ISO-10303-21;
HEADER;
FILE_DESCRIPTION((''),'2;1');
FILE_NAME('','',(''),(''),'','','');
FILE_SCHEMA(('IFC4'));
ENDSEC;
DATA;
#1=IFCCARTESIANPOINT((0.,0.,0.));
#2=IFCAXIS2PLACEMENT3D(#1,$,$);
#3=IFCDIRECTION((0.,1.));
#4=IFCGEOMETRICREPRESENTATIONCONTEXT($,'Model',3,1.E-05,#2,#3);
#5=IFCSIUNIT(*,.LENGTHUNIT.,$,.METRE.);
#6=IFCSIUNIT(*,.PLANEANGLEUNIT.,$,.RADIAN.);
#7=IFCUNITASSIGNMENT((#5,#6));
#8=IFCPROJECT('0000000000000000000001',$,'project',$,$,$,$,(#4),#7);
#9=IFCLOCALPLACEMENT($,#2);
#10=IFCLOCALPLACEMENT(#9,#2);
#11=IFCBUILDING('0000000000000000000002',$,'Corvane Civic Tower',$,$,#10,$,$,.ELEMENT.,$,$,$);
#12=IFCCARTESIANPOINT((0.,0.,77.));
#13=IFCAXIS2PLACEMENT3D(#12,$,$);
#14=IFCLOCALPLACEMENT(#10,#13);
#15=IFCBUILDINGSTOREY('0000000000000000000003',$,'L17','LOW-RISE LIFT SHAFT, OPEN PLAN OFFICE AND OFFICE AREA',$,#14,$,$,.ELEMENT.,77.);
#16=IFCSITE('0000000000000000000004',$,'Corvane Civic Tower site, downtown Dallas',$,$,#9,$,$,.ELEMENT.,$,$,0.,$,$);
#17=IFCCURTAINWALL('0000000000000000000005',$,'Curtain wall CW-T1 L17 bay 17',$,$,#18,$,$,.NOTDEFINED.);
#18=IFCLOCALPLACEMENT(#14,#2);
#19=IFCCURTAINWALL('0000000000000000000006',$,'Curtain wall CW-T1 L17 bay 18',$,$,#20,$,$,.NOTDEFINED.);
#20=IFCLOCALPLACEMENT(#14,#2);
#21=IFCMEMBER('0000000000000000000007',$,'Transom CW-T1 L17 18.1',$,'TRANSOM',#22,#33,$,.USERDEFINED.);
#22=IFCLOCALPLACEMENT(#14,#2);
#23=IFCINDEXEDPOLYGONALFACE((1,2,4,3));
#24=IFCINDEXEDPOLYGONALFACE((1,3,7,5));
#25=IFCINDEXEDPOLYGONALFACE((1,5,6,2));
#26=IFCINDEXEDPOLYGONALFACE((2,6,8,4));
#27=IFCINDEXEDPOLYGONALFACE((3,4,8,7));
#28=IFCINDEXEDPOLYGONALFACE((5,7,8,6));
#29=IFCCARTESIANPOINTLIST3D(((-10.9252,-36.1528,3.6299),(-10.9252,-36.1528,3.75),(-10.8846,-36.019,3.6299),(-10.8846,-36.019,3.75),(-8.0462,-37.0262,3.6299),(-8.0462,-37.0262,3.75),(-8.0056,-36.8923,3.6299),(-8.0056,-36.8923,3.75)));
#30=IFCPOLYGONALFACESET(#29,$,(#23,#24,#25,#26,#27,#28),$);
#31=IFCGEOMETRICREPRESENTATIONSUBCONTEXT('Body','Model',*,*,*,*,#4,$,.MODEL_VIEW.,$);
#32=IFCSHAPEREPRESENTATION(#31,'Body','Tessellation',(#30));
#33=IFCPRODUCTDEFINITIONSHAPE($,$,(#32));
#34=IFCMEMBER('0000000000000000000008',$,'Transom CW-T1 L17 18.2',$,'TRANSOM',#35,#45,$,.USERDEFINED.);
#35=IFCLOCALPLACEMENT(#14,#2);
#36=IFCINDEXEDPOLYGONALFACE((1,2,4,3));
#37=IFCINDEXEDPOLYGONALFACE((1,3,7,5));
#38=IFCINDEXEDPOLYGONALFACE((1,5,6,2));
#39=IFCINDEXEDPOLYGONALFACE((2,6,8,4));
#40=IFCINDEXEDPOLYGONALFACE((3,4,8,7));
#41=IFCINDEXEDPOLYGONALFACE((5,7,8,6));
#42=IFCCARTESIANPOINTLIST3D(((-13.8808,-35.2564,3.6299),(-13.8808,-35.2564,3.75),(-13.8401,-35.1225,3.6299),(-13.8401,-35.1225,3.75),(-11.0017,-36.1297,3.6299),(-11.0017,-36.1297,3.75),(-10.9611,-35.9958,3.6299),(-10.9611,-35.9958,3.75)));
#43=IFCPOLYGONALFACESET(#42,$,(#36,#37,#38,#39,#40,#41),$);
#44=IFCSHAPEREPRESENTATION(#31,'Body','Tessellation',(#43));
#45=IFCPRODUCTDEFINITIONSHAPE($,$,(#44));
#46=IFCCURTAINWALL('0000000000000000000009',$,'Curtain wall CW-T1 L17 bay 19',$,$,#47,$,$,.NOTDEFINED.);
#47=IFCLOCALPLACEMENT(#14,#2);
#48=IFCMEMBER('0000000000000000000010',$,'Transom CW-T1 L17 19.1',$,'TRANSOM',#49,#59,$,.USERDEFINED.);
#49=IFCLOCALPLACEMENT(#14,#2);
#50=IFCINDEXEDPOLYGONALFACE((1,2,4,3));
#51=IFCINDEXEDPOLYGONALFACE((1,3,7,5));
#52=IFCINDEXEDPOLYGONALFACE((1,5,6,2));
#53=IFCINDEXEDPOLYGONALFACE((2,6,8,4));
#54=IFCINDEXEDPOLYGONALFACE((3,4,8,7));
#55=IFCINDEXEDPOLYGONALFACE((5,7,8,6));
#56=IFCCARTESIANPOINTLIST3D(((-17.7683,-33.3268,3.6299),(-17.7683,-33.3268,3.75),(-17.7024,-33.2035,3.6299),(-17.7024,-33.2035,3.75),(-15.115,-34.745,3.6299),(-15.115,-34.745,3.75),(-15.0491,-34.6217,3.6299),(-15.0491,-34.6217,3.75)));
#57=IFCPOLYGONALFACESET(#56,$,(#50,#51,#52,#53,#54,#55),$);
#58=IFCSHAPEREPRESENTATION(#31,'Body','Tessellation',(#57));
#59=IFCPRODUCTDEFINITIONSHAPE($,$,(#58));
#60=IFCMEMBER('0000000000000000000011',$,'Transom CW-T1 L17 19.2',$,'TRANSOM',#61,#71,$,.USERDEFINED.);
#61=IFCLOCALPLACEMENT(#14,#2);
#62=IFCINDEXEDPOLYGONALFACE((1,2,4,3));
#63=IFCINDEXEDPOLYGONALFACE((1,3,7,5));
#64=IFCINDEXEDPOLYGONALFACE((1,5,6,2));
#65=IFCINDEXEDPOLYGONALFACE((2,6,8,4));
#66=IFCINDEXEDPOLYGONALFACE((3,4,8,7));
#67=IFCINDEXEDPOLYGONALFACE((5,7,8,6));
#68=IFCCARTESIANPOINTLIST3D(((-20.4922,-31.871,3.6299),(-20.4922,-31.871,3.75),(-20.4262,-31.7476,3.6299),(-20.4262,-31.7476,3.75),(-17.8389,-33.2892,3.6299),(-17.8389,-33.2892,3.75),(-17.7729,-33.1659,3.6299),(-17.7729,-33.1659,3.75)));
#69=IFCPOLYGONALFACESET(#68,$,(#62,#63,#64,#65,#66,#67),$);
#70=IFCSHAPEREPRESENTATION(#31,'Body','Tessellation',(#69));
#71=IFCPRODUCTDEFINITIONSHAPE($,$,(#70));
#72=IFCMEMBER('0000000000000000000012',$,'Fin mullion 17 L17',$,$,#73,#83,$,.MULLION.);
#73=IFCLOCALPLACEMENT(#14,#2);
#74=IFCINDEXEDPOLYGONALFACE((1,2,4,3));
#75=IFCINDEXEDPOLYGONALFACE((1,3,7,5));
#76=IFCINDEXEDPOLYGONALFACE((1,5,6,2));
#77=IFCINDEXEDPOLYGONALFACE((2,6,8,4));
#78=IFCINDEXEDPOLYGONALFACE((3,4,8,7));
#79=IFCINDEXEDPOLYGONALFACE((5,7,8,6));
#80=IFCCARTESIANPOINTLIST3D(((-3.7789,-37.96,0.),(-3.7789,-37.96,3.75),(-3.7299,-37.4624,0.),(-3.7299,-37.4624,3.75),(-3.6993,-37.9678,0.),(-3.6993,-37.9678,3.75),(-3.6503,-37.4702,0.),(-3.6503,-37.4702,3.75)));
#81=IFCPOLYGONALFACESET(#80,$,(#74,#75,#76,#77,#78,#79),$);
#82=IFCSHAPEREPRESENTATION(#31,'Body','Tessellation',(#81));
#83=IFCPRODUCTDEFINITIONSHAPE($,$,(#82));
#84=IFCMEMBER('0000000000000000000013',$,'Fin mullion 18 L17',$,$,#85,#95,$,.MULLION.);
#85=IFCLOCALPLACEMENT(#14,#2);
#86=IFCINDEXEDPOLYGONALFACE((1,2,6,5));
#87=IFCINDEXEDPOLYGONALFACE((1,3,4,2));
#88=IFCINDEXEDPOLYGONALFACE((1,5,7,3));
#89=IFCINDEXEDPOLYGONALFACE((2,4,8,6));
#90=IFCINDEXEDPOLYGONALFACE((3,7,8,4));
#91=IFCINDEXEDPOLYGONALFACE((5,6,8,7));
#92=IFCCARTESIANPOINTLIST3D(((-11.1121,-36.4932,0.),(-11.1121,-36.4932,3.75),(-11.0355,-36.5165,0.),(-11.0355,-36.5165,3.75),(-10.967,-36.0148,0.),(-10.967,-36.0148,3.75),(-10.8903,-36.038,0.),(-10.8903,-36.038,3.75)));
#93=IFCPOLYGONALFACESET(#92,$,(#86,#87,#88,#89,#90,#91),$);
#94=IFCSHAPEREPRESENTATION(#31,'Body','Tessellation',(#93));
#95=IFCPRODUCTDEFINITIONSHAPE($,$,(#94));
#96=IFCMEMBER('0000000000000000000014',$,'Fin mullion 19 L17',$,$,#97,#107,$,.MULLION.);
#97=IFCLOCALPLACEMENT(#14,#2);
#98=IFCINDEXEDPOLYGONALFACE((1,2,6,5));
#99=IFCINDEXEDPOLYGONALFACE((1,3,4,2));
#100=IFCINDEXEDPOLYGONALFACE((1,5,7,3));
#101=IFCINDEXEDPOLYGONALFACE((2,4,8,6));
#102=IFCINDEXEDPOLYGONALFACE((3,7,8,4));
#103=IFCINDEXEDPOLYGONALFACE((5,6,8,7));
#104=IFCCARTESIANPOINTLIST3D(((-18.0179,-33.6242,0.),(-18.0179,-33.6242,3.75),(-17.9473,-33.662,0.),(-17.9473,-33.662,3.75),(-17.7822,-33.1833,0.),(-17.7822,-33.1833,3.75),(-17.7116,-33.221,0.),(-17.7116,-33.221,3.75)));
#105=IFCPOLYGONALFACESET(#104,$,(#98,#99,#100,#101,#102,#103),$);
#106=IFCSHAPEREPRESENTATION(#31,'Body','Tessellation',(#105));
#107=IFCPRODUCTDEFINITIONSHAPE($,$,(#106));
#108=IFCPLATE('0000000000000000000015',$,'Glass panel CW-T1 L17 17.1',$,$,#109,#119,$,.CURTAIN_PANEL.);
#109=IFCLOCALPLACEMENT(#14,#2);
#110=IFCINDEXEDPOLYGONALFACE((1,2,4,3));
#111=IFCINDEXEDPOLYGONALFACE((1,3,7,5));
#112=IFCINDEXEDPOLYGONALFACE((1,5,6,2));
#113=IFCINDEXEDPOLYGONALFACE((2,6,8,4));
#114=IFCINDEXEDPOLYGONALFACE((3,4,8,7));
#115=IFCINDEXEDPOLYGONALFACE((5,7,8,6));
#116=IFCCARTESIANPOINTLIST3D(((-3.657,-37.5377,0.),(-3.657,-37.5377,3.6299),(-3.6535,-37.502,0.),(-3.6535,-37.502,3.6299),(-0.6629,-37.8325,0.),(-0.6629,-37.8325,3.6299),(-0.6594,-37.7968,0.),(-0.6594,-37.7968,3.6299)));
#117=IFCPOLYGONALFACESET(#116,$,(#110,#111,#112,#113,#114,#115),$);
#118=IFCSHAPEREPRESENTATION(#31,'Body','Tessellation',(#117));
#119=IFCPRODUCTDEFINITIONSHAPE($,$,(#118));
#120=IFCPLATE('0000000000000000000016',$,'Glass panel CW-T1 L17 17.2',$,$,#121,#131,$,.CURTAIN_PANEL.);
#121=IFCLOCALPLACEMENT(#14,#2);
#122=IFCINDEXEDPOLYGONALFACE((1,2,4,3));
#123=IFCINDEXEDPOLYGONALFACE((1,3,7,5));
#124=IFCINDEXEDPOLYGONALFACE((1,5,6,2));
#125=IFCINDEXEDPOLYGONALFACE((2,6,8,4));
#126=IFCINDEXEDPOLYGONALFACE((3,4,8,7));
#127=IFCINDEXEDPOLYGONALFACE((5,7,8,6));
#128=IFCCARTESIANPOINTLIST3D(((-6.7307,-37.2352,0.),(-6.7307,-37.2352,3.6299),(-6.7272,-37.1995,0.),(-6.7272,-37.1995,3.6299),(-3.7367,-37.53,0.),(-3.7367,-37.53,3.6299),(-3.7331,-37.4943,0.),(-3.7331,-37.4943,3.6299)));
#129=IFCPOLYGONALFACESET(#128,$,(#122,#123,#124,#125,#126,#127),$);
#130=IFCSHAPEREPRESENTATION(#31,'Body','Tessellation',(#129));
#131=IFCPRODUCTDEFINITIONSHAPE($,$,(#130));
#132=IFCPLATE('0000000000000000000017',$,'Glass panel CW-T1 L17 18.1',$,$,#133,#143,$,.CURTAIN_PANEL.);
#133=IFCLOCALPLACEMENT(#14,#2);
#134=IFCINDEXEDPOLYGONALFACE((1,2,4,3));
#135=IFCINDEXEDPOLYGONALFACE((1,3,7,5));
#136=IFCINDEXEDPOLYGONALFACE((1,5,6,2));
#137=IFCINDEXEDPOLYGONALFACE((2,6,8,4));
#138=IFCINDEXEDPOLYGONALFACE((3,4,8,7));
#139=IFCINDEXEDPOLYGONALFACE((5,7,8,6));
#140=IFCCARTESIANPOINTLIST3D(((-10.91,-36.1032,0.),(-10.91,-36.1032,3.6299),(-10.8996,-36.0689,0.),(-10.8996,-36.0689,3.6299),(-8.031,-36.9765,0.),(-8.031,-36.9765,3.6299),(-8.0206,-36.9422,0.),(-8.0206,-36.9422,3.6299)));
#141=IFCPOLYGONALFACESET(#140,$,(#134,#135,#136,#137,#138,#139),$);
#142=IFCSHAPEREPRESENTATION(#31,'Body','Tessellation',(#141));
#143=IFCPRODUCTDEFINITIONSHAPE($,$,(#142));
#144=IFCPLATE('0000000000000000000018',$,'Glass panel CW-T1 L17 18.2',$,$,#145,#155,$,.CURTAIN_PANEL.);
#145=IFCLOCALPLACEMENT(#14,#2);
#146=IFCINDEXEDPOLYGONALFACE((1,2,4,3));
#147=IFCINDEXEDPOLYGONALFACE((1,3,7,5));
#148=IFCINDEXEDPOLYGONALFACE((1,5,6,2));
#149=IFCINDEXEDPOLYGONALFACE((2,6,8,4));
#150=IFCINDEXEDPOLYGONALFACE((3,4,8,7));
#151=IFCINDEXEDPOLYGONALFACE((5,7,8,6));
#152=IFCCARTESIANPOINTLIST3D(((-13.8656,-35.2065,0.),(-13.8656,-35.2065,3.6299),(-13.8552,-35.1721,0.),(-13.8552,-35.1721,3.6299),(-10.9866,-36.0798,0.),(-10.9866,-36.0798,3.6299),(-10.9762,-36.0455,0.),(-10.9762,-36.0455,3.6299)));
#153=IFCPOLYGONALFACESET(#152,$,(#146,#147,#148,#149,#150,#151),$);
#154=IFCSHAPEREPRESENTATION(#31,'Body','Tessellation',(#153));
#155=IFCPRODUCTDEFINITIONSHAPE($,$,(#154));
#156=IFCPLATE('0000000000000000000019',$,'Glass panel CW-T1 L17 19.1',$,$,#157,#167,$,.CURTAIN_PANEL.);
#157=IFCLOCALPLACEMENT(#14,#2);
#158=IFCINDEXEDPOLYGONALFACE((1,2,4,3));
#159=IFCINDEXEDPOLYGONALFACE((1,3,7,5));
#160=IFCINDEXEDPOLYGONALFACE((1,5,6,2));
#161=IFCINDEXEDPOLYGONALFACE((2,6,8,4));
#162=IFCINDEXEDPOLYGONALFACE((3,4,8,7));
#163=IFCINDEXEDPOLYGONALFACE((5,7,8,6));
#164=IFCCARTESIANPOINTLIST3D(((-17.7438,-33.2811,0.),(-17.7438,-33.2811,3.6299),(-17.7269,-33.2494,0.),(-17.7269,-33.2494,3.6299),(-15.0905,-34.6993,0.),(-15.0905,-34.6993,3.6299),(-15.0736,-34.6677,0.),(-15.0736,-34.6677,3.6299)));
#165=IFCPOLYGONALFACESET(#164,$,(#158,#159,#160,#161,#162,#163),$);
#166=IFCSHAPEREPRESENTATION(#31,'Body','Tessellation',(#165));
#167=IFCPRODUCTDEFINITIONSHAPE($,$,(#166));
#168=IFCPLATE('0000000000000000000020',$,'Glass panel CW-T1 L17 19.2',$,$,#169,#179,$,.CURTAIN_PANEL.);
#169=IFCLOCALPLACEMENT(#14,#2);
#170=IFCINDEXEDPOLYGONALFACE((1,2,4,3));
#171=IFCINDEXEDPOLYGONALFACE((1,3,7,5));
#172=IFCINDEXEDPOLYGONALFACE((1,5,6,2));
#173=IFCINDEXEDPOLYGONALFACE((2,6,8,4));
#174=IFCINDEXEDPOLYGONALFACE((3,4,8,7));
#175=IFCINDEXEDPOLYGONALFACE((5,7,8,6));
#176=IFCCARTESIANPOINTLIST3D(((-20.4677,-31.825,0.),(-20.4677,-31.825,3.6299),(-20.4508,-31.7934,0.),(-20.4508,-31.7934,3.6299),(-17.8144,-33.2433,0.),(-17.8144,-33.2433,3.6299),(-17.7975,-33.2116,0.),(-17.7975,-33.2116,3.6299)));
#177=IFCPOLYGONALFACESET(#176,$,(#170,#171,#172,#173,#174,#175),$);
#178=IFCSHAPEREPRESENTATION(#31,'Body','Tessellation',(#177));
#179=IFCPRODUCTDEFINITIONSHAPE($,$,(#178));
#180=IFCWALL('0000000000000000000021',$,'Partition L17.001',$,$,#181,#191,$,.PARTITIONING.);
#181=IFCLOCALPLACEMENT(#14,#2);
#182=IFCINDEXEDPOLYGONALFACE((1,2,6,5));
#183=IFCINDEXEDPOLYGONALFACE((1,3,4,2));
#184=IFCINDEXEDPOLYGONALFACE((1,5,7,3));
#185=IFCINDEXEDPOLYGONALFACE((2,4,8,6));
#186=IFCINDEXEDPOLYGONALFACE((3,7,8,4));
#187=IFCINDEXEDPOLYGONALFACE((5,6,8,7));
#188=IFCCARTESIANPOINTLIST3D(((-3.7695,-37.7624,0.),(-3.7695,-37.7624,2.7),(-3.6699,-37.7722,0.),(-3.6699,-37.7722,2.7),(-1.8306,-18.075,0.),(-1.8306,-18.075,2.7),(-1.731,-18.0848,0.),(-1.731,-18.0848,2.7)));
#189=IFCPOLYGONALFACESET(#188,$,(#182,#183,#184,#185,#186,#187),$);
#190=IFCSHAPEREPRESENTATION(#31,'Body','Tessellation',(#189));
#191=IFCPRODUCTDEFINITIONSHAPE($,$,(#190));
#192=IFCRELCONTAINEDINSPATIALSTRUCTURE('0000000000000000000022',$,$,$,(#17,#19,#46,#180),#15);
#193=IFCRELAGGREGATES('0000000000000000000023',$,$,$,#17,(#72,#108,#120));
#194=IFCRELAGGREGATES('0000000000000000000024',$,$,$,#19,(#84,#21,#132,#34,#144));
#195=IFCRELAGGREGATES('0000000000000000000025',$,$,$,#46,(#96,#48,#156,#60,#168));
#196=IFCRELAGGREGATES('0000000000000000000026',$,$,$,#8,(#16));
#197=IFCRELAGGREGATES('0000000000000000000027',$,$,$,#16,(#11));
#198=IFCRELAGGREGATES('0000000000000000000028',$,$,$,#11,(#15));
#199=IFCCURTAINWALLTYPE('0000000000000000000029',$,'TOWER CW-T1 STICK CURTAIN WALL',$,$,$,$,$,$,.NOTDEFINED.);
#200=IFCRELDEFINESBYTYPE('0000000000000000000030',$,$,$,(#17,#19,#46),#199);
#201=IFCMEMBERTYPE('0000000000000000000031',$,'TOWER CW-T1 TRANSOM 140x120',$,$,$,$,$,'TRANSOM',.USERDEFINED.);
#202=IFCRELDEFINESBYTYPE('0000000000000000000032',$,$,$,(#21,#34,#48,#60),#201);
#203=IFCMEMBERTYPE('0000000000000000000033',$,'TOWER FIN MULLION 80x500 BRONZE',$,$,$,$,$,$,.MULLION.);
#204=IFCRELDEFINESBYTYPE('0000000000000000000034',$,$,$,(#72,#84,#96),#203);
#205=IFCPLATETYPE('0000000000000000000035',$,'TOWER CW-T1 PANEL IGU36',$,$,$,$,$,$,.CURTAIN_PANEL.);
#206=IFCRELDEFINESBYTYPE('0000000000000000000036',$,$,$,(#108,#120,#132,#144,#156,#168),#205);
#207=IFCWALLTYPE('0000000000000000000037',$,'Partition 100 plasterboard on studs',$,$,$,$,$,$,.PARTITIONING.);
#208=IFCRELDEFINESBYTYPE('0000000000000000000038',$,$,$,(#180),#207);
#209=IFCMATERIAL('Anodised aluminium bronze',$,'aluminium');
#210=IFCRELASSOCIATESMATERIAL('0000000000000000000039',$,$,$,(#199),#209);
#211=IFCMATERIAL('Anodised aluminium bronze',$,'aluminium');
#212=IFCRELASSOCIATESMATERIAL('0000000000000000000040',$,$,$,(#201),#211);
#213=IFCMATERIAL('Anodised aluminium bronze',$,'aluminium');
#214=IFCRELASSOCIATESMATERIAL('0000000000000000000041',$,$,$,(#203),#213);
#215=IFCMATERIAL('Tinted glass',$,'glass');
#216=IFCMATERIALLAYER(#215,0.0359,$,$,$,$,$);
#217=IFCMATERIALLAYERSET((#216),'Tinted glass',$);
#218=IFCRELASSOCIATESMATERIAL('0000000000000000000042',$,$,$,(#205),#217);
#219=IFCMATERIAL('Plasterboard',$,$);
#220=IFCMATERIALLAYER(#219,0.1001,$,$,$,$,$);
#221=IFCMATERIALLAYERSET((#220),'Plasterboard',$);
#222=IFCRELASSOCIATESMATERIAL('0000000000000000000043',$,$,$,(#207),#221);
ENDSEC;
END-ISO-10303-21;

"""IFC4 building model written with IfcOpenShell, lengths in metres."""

from ifc_helpers import new_model, si_unit, direction, frame, frame_2d, origin, origin_2d, place, context, subcontext, project, spatial, rectangle, extrude, material, layer, layer_set, material_profile, profile_set, type_object, element, aggregate, save


model = new_model("IFC4")

# Units and contexts
model_context = context("Model", 3, precision=1e-05, world=origin(), true_north=direction((0.0, 1.0)))
body_context = subcontext(model_context, "Body", "Model", "MODEL_VIEW")
ifc_project = project(units=[si_unit("LENGTHUNIT", "METRE"), si_unit("PLANEANGLEUNIT", "RADIAN")], contexts=[model_context])

# Site, building, storey
site_placement = place(None, origin())
site = spatial("IfcSite", under=ifc_project, at=site_placement, Name="Corvane Civic Tower site, downtown Dallas", CompositionType="ELEMENT", RefElevation=0.0)
building_placement = place(site_placement, origin())
building = spatial("IfcBuilding", under=site, at=building_placement, Name="Corvane Civic Tower", CompositionType="ELEMENT")
storey_placement = place(building_placement, frame((0.0, 0.0, 77.0)))
storey = spatial("IfcBuildingStorey", under=building, at=storey_placement, Name="L17", Description="LOW-RISE LIFT SHAFT, OPEN PLAN OFFICE AND OFFICE AREA", CompositionType="ELEMENT", Elevation=77.0)

# Curtain walls, members
ifc_material_1 = material(Name="Anodised aluminium bronze", Category="aluminium")
curtain_wall_type = type_object("IfcCurtainWallType", Name="TOWER CW-T1 STICK CURTAIN WALL", PredefinedType="NOTDEFINED", material=ifc_material_1)
curtain_wall_1_placement = place(storey_placement, origin())
curtain_wall_1 = element("IfcCurtainWall", 1, at=curtain_wall_1_placement, inside=storey, type_object=curtain_wall_type, Name="Curtain wall CW-T1 L17 bay 17", PredefinedType="NOTDEFINED")
ifc_material_2 = material(Name="Anodised aluminium bronze", Category="aluminium")
ifc_material_profile_1 = material_profile(ifc_material_2, rectangle(XDim=0.1399, YDim=0.1201, at=origin_2d()), Name="TOWER CW-T1 TRANSOM 140x120")
ifc_profile_set_1 = profile_set([ifc_material_profile_1], Name="Anodised aluminium bronze")
member_type_1 = type_object("IfcMemberType", Name="TOWER CW-T1 TRANSOM 140x120", ElementType="TRANSOM", PredefinedType="USERDEFINED", material=ifc_profile_set_1)
curtain_wall_2_placement = place(storey_placement, origin())
curtain_wall_2 = element("IfcCurtainWall", 2, at=curtain_wall_2_placement, inside=storey, type_object=curtain_wall_type, Name="Curtain wall CW-T1 L17 bay 18", PredefinedType="NOTDEFINED")
member_1_placement = place(storey_placement, frame((-8.0259, -36.9592, 3.6899), z_axis=(-0.956942, 0.29028, 0.0), x_axis=(-0.29028, -0.956942, 0.0)))
member_1 = element("IfcMember", 3, at=member_1_placement, type_object=member_type_1, Name="Transom CW-T1 L17 18.1", ObjectType="TRANSOM", PredefinedType="USERDEFINED", context=body_context, shape_type="SweptSolid", body=[
    extrude(rectangle(XDim=0.1399, YDim=0.1201, at=origin_2d()), origin(), (0.0, 0.0, 1.0), 3.0085),
])
member_2_placement = place(storey_placement, frame((-10.9814, -36.0627, 3.6899), z_axis=(-0.956942, 0.29028, 0.0), x_axis=(-0.29028, -0.956942, 0.0)))
member_2 = element("IfcMember", 4, at=member_2_placement, type_object=member_type_1, Name="Transom CW-T1 L17 18.2", ObjectType="TRANSOM", PredefinedType="USERDEFINED", context=body_context, shape_type="SweptSolid", body=[
    extrude(rectangle(XDim=0.1399, YDim=0.1201, at=origin_2d()), origin(), (0.0, 0.0, 1.0), 3.0085),
])
curtain_wall_3_placement = place(storey_placement, origin())
curtain_wall_3 = element("IfcCurtainWall", 5, at=curtain_wall_3_placement, inside=storey, type_object=curtain_wall_type, Name="Curtain wall CW-T1 L17 bay 19", PredefinedType="NOTDEFINED")
member_3_placement = place(storey_placement, frame((-15.082, -34.6833, 3.6899), z_axis=(-0.881924, 0.471393, 0.0), x_axis=(-0.471393, -0.881924, 0.0)))
member_3 = element("IfcMember", 6, at=member_3_placement, type_object=member_type_1, Name="Transom CW-T1 L17 19.1", ObjectType="TRANSOM", PredefinedType="USERDEFINED", context=body_context, shape_type="SweptSolid", body=[
    extrude(rectangle(XDim=0.1399, YDim=0.1201, at=origin_2d()), origin(), (0.0, 0.0, 1.0), 3.0085),
])
member_4_placement = place(storey_placement, frame((-17.8059, -33.2275, 3.6899), z_axis=(-0.881924, 0.471393, 0.0), x_axis=(-0.471393, -0.881924, 0.0)))
member_4 = element("IfcMember", 7, at=member_4_placement, type_object=member_type_1, Name="Transom CW-T1 L17 19.2", ObjectType="TRANSOM", PredefinedType="USERDEFINED", context=body_context, shape_type="SweptSolid", body=[
    extrude(rectangle(XDim=0.1399, YDim=0.1201, at=origin_2d()), origin(), (0.0, 0.0, 1.0), 3.0085),
])

# Members
ifc_material_3 = material(Name="Anodised aluminium bronze", Category="aluminium")
ifc_material_profile_2 = material_profile(ifc_material_3, rectangle(XDim=0.0801, YDim=0.5, at=origin_2d()), Name="TOWER FIN MULLION 80x500 BRONZE")
ifc_profile_set_2 = profile_set([ifc_material_profile_2], Name="Anodised aluminium bronze")
member_type_2 = type_object("IfcMemberType", Name="TOWER FIN MULLION 80x500 BRONZE", PredefinedType="MULLION", material=ifc_profile_set_2)
member_5_placement = place(storey_placement, frame((-3.7146, -37.7151, 0.0), z_axis=(0.0, 0.0, 1.0), x_axis=(-0.995186, 0.098006, 0.0)))
member_5 = element("IfcMember", 8, at=member_5_placement, type_object=member_type_2, Name="Fin mullion 17 L17", PredefinedType="MULLION", context=body_context, shape_type="SweptSolid", body=[
    extrude(rectangle(XDim=0.0801, YDim=0.5, at=origin_2d()), origin(), (0.0, 0.0, 1.0), 3.75),
])
member_6_placement = place(storey_placement, frame((-11.0012, -36.2656, 0.0), z_axis=(0.0, 0.0, 1.0), x_axis=(-0.956942, 0.290278, 0.0)))
member_6 = element("IfcMember", 9, at=member_6_placement, type_object=member_type_2, Name="Fin mullion 18 L17", PredefinedType="MULLION", context=body_context, shape_type="SweptSolid", body=[
    extrude(rectangle(XDim=0.0801, YDim=0.5, at=origin_2d()), origin(), (0.0, 0.0, 1.0), 3.75),
])
member_7_placement = place(storey_placement, frame((-17.8647, -33.4226, 0.0), z_axis=(0.0, 0.0, 1.0), x_axis=(-0.881918, 0.471404, 0.0)))
member_7 = element("IfcMember", 10, at=member_7_placement, type_object=member_type_2, Name="Fin mullion 19 L17", PredefinedType="MULLION", context=body_context, shape_type="SweptSolid", body=[
    extrude(rectangle(XDim=0.0801, YDim=0.5, at=origin_2d()), origin(), (0.0, 0.0, 1.0), 3.75),
])

# Plates
ifc_material_4 = material(Name="Tinted glass", Category="glass")
ifc_layer_1 = layer(ifc_material_4, 0.0359)
ifc_layer_set_1 = layer_set([ifc_layer_1], Name="Tinted glass")
plate_type = type_object("IfcPlateType", Name="TOWER CW-T1 PANEL IGU36", PredefinedType="CURTAIN_PANEL", material=ifc_layer_set_1)
plate_1_placement = place(storey_placement, frame((-2.1582, -37.6672, 0.0), z_axis=(0.0, 0.0, 1.0), x_axis=(-0.995186, 0.098006, 0.0)))
plate_1 = element("IfcPlate", 11, at=plate_1_placement, type_object=plate_type, Name="Glass panel CW-T1 L17 17.1", PredefinedType="CURTAIN_PANEL", context=body_context, shape_type="SweptSolid", body=[
    extrude(rectangle(XDim=3.0085, YDim=0.0359, at=origin_2d()), origin(), (0.0, 0.0, 1.0), 3.6299),
])
plate_2_placement = place(storey_placement, frame((-5.2319, -37.3647, 0.0), z_axis=(0.0, 0.0, 1.0), x_axis=(-0.995186, 0.098006, 0.0)))
plate_2 = element("IfcPlate", 12, at=plate_2_placement, type_object=plate_type, Name="Glass panel CW-T1 L17 17.2", PredefinedType="CURTAIN_PANEL", context=body_context, shape_type="SweptSolid", body=[
    extrude(rectangle(XDim=3.0085, YDim=0.0359, at=origin_2d()), origin(), (0.0, 0.0, 1.0), 3.6299),
])
aggregate(curtain_wall_1, [member_5, plate_1, plate_2])
plate_3_placement = place(storey_placement, frame((-9.4653, -36.5227, 0.0), z_axis=(0.0, 0.0, 1.0), x_axis=(-0.956942, 0.290278, 0.0)))
plate_3 = element("IfcPlate", 13, at=plate_3_placement, type_object=plate_type, Name="Glass panel CW-T1 L17 18.1", PredefinedType="CURTAIN_PANEL", context=body_context, shape_type="SweptSolid", body=[
    extrude(rectangle(XDim=3.0085, YDim=0.0359, at=origin_2d()), origin(), (0.0, 0.0, 1.0), 3.6299),
])
plate_4_placement = place(storey_placement, frame((-12.4209, -35.626, 0.0), z_axis=(0.0, 0.0, 1.0), x_axis=(-0.956942, 0.290278, 0.0)))
plate_4 = element("IfcPlate", 14, at=plate_4_placement, type_object=plate_type, Name="Glass panel CW-T1 L17 18.2", PredefinedType="CURTAIN_PANEL", context=body_context, shape_type="SweptSolid", body=[
    extrude(rectangle(XDim=3.0085, YDim=0.0359, at=origin_2d()), origin(), (0.0, 0.0, 1.0), 3.6299),
])
aggregate(curtain_wall_2, [member_6, member_1, plate_3, member_2, plate_4])
plate_5_placement = place(storey_placement, frame((-16.4087, -33.9744, 0.0), z_axis=(0.0, 0.0, 1.0), x_axis=(-0.881918, 0.471404, 0.0)))
plate_5 = element("IfcPlate", 15, at=plate_5_placement, type_object=plate_type, Name="Glass panel CW-T1 L17 19.1", PredefinedType="CURTAIN_PANEL", context=body_context, shape_type="SweptSolid", body=[
    extrude(rectangle(XDim=3.0085, YDim=0.0359, at=origin_2d()), origin(), (0.0, 0.0, 1.0), 3.6299),
])
plate_6_placement = place(storey_placement, frame((-19.1326, -32.5183, 0.0), z_axis=(0.0, 0.0, 1.0), x_axis=(-0.881918, 0.471404, 0.0)))
plate_6 = element("IfcPlate", 16, at=plate_6_placement, type_object=plate_type, Name="Glass panel CW-T1 L17 19.2", PredefinedType="CURTAIN_PANEL", context=body_context, shape_type="SweptSolid", body=[
    extrude(rectangle(XDim=3.0085, YDim=0.0359, at=origin_2d()), origin(), (0.0, 0.0, 1.0), 3.6299),
])
aggregate(curtain_wall_3, [member_7, member_3, plate_5, member_4, plate_6])

# Wall
ifc_material_5 = material(Name="Plasterboard")
ifc_layer_2 = layer(ifc_material_5, 0.1001)
ifc_layer_set_2 = layer_set([ifc_layer_2], Name="Plasterboard")
wall_type = type_object("IfcWallType", Name="Partition 100 plasterboard on studs", PredefinedType="PARTITIONING", material=ifc_layer_set_2)
wall_placement = place(storey_placement, frame((-3.7197, -37.7673, 0.0), z_axis=(0.0, 0.0, 1.0), x_axis=(0.098013, 0.995185, 0.0)))
element("IfcWall", 17, at=wall_placement, inside=storey, type_object=wall_type, Name="Partition L17.001", PredefinedType="PARTITIONING", context=body_context, shape_type="SweptSolid", body=[
    extrude(rectangle(XDim=19.7827, YDim=0.1001, at=frame_2d((9.8914, 0.0))), origin(), (0.0, 0.0, 1.0), 2.7),
])

save(model, "model.ifc")
